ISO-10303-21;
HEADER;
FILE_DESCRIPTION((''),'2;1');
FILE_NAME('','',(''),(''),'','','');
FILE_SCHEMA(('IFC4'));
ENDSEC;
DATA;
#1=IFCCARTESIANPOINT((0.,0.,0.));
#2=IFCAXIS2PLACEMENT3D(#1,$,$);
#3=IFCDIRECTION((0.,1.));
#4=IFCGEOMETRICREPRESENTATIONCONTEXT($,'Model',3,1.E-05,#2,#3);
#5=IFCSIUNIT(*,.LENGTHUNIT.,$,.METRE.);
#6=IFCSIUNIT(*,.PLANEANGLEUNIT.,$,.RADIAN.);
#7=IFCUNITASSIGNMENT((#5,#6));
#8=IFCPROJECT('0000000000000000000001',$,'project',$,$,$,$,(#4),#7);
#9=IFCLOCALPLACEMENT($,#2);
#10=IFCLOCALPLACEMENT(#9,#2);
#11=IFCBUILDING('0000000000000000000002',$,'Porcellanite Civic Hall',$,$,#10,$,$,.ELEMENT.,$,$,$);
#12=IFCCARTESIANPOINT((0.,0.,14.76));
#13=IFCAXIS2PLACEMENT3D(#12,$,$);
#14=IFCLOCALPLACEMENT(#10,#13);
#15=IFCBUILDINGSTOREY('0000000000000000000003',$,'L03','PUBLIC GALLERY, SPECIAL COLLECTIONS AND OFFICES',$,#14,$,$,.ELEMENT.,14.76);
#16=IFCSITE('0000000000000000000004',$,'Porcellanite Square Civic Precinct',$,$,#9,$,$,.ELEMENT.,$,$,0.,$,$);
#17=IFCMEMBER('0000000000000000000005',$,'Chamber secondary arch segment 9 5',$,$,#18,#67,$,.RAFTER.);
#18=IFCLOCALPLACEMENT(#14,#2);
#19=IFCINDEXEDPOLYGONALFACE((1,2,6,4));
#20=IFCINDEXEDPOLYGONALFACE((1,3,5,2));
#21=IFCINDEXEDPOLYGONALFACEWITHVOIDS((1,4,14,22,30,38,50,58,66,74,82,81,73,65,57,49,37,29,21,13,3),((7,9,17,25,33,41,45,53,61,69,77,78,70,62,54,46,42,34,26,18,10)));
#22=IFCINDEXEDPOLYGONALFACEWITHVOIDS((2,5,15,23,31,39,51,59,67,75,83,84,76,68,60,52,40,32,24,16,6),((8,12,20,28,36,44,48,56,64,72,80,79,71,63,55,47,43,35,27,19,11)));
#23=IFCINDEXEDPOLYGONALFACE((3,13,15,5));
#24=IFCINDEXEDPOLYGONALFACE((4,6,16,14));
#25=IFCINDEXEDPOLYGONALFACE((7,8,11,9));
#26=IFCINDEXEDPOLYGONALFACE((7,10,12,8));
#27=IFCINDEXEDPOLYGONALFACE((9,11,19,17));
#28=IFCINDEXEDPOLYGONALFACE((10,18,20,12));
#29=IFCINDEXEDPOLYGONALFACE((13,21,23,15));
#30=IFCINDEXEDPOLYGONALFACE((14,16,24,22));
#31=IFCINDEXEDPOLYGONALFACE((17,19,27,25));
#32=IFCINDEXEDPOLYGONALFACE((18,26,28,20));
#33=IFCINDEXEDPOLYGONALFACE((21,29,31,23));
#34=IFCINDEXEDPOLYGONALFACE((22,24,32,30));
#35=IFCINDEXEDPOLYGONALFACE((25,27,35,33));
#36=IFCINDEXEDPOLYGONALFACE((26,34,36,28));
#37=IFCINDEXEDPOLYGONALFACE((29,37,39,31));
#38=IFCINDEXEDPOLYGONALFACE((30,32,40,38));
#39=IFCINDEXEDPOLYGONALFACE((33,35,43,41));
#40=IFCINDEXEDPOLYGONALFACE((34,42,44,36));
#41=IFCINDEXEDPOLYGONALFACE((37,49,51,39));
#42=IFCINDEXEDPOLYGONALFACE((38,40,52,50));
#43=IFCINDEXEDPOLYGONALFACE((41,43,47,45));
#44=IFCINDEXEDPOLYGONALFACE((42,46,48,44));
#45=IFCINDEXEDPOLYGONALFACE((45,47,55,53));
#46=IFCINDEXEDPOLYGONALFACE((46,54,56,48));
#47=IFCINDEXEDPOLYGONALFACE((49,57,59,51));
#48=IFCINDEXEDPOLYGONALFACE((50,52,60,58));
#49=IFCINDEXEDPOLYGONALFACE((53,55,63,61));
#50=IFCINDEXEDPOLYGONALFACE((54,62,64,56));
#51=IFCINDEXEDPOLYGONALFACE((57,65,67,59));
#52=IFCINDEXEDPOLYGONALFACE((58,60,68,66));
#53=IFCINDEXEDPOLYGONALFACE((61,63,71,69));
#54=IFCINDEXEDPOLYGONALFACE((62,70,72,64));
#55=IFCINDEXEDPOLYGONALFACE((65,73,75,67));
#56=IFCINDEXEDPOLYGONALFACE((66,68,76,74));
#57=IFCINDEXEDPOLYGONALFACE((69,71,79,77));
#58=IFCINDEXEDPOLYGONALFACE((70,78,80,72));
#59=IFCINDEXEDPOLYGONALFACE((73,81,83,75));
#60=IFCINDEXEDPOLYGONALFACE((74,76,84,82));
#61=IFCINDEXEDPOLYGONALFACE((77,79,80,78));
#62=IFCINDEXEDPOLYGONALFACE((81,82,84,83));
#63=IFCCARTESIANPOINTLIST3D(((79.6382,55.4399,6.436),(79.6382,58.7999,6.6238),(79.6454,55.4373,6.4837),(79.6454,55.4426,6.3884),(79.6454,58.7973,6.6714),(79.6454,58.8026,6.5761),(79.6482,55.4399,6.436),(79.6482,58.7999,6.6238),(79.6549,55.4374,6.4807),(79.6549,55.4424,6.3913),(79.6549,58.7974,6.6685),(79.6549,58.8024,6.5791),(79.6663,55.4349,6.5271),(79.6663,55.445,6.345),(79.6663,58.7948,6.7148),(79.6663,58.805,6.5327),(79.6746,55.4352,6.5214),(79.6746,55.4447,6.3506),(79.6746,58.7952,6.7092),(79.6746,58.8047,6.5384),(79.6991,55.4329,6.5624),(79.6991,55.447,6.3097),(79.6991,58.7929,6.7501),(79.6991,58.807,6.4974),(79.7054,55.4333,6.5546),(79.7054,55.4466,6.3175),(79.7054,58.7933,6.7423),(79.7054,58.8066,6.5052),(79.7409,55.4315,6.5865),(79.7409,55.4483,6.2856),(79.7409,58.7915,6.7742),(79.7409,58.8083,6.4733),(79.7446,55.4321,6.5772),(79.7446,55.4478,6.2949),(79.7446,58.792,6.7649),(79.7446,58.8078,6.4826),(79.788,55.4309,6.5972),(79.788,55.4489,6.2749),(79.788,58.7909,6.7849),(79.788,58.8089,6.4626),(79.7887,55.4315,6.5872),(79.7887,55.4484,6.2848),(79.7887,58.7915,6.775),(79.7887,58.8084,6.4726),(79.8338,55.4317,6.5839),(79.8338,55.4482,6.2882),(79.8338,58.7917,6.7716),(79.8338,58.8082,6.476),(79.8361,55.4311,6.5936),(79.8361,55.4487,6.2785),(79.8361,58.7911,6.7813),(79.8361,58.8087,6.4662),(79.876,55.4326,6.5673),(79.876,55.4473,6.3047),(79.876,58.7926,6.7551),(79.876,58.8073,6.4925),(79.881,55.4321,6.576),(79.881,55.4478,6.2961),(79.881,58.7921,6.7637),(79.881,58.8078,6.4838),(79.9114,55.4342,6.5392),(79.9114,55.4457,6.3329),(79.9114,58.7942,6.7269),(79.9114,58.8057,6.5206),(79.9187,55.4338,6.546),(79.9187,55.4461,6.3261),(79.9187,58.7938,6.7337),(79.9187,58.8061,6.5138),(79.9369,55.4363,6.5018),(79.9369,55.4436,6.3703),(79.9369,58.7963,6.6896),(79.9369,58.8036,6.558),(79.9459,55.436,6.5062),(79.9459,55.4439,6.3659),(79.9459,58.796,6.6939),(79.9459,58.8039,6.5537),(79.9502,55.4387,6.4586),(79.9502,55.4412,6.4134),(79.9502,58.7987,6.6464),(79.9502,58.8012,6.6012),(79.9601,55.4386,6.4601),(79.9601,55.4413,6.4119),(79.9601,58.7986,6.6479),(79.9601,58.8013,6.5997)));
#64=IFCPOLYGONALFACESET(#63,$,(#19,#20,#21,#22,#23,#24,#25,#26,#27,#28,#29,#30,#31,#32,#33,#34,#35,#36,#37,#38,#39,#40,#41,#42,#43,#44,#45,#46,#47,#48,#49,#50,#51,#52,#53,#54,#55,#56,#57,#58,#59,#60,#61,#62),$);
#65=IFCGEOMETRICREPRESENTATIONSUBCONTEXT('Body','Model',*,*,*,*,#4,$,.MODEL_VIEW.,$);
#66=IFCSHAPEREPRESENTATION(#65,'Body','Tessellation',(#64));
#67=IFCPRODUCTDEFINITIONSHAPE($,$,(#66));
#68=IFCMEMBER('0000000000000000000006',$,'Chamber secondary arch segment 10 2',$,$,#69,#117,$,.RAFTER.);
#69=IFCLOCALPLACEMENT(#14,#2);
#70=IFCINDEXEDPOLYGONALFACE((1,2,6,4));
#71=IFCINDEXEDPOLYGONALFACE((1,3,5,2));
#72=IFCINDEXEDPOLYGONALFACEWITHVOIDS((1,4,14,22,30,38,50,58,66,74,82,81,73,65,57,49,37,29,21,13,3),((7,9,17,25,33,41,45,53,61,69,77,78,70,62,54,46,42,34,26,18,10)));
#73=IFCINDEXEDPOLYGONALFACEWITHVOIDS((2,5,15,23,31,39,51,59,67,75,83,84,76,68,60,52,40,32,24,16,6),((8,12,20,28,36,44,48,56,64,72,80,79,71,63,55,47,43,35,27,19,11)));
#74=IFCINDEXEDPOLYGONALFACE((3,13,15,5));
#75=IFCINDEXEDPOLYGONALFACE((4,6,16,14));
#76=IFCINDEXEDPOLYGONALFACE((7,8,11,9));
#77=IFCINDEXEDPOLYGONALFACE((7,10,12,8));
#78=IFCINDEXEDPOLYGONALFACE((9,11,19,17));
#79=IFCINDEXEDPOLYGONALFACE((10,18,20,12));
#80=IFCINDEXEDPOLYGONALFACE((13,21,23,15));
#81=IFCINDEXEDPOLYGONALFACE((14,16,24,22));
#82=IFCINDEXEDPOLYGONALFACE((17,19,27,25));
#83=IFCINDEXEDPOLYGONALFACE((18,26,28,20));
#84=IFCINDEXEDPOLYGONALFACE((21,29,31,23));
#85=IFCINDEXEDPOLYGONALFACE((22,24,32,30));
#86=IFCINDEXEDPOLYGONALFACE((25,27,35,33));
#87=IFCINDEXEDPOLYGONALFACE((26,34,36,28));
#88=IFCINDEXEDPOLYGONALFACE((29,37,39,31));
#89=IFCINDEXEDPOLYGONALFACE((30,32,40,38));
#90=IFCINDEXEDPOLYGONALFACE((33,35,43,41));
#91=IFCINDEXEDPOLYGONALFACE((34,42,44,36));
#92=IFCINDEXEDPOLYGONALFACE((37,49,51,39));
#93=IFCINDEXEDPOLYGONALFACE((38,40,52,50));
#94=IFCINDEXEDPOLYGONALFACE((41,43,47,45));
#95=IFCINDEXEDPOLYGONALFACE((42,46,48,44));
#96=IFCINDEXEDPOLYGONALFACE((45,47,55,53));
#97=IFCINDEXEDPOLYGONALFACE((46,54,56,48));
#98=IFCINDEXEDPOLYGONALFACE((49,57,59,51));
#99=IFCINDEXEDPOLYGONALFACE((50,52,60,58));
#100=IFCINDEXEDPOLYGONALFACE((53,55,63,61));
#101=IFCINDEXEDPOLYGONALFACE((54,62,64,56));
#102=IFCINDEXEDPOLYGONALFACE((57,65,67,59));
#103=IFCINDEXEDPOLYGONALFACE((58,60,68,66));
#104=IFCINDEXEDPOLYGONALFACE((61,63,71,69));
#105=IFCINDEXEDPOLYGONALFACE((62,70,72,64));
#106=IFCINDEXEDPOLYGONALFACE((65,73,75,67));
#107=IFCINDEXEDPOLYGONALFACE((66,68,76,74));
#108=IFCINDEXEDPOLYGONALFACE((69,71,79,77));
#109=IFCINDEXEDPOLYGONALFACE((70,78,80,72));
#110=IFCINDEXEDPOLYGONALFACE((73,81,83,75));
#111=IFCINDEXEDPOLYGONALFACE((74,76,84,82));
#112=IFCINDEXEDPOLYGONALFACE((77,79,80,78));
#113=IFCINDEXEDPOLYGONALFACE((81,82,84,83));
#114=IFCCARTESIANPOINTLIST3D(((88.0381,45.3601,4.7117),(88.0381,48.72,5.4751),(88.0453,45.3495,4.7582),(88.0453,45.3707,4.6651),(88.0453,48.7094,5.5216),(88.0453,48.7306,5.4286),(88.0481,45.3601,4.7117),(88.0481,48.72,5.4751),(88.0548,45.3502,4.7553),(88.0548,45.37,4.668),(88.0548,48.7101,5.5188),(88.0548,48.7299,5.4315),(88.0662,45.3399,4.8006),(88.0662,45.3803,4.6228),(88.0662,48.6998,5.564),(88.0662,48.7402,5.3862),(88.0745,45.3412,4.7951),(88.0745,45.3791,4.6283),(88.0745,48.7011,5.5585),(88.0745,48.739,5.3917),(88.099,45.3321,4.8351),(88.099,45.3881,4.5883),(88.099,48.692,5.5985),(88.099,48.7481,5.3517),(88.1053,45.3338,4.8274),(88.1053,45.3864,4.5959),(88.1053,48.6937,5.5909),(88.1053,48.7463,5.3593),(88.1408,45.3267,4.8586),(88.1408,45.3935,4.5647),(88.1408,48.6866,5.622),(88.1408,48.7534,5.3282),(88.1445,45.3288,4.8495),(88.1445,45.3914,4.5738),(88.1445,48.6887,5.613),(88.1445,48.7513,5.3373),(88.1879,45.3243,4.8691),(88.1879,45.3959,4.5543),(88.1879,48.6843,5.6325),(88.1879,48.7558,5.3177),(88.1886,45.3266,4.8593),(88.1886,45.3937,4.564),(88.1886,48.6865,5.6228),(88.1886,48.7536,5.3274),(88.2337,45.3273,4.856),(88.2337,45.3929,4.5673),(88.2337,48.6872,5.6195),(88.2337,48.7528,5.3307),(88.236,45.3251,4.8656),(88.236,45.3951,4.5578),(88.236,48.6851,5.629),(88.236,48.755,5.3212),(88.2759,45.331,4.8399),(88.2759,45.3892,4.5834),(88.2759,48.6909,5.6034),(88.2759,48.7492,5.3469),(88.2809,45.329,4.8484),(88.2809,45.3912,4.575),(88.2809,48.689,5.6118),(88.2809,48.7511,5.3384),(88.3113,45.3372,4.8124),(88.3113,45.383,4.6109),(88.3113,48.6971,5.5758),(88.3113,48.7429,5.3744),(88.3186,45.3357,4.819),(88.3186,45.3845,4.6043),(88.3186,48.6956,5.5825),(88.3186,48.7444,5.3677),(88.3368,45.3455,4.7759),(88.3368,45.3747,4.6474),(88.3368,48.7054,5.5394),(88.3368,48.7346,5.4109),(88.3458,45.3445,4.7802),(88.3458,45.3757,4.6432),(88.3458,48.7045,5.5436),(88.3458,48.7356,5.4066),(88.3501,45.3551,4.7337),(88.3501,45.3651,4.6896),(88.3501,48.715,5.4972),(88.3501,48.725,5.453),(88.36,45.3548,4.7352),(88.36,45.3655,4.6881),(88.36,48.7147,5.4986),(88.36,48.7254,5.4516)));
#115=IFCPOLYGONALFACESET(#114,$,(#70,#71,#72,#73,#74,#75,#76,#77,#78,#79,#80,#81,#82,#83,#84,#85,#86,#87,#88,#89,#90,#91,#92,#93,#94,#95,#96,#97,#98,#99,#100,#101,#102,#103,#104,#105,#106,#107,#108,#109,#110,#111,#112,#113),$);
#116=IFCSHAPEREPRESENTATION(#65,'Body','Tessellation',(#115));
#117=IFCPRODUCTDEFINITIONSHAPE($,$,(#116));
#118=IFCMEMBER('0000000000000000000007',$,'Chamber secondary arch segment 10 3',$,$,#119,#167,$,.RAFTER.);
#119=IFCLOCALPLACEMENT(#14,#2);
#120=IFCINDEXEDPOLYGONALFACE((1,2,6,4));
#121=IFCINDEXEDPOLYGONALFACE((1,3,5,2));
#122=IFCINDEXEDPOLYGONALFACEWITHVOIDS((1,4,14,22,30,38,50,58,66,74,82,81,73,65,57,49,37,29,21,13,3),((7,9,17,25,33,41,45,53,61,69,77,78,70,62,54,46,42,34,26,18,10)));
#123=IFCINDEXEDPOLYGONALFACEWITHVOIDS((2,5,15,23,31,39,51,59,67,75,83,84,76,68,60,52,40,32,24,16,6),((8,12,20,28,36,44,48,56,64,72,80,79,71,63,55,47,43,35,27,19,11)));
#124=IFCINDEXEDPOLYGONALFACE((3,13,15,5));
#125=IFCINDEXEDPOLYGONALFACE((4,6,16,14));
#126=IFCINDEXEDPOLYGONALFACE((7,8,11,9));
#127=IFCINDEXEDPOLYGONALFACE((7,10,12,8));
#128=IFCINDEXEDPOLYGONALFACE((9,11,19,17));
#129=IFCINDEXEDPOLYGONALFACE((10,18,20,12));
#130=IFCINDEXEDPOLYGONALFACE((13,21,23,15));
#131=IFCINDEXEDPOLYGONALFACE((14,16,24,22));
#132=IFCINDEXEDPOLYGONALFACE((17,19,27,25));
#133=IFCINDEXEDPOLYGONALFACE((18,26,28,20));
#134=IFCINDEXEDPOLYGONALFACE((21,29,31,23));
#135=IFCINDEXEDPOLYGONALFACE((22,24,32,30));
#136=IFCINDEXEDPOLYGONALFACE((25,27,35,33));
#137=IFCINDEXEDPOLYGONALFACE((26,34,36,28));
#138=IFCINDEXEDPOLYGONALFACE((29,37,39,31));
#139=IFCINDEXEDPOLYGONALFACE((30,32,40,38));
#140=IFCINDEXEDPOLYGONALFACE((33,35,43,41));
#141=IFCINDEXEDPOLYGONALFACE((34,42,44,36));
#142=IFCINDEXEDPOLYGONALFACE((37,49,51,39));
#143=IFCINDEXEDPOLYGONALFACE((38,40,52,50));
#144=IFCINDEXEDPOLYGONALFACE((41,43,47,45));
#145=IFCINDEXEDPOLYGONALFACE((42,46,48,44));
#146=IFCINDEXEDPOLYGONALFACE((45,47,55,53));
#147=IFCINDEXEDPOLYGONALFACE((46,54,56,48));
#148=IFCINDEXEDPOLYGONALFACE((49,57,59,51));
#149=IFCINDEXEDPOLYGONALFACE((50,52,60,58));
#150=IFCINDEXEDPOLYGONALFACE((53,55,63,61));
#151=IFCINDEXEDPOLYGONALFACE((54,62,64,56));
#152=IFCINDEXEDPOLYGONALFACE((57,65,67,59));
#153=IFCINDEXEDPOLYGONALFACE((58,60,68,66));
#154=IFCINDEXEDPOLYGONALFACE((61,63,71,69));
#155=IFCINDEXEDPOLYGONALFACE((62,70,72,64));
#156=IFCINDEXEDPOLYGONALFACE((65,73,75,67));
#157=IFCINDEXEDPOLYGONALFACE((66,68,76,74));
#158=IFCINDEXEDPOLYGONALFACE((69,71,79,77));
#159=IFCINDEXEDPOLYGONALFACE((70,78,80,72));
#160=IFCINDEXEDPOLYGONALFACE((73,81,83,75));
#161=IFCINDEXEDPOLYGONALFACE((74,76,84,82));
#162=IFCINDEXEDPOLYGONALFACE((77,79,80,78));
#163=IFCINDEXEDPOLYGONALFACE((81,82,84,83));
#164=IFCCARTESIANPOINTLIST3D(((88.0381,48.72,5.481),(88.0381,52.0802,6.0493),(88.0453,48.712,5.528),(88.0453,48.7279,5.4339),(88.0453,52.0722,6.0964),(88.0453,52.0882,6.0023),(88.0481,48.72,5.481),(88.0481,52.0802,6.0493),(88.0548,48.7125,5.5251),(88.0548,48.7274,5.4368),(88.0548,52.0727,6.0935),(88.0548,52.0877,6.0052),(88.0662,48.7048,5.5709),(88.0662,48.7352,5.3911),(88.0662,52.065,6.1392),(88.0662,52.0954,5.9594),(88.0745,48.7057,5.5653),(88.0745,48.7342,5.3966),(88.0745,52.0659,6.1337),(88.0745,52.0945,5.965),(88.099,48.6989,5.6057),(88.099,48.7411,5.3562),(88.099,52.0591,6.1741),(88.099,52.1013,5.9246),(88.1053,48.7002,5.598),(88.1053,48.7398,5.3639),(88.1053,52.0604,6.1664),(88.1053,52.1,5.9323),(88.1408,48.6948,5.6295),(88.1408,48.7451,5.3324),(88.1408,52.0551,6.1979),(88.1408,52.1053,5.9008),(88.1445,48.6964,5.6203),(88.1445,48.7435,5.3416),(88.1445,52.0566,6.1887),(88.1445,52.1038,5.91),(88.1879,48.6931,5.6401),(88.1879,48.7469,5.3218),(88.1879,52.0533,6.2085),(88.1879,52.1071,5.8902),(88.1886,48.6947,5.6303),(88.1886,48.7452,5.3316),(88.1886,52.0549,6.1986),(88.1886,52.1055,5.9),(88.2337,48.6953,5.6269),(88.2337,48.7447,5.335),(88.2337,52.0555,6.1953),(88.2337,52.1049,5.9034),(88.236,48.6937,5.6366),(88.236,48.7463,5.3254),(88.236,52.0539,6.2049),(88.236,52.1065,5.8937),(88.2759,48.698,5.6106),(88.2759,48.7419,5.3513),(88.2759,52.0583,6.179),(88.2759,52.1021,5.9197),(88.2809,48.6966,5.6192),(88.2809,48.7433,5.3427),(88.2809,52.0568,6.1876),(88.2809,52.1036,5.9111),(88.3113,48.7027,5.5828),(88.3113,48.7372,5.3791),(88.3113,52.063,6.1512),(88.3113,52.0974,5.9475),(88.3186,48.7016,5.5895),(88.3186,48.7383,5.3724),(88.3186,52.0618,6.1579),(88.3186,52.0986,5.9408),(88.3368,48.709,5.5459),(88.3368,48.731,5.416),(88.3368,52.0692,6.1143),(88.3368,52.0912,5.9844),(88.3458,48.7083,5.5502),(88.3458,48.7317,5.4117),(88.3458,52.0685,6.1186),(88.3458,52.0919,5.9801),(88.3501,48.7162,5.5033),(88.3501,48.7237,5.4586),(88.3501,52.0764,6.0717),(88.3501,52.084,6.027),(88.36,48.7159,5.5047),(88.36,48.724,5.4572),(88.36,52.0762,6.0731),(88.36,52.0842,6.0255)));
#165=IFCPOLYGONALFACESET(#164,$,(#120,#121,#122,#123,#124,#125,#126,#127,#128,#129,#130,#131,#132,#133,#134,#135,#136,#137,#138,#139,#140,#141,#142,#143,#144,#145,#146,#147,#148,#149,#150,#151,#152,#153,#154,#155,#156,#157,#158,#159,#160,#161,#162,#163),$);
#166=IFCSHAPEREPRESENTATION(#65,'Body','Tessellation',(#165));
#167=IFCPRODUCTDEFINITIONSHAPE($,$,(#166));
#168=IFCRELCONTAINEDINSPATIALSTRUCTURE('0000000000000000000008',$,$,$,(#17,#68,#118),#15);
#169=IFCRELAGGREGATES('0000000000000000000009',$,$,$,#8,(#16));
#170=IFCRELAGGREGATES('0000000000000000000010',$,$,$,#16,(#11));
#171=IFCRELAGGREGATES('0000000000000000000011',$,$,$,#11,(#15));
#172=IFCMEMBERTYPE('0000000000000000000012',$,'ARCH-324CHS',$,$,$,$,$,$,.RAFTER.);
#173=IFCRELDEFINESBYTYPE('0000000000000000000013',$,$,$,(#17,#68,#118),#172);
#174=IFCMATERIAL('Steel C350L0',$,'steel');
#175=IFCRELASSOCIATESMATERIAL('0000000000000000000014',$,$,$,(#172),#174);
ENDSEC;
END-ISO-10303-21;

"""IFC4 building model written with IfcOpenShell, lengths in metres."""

from ifc_helpers import new_model, si_unit, direction, frame, origin, origin_2d, place, context, subcontext, project, spatial, hollow_circle, extrude, material, material_profile, profile_set, type_object, element, save


model = new_model("IFC4")

# Units and contexts
model_context = context("Model", 3, precision=1e-05, world=origin(), true_north=direction((0.0, 1.0)))
body_context = subcontext(model_context, "Body", "Model", "MODEL_VIEW")
ifc_project = project(units=[si_unit("LENGTHUNIT", "METRE"), si_unit("PLANEANGLEUNIT", "RADIAN")], contexts=[model_context])

# Site, building, storey
site_placement = place(None, origin())
site = spatial("IfcSite", under=ifc_project, at=site_placement, Name="Porcellanite Square Civic Precinct", CompositionType="ELEMENT", RefElevation=0.0)
building_placement = place(site_placement, origin())
building = spatial("IfcBuilding", under=site, at=building_placement, Name="Porcellanite Civic Hall", CompositionType="ELEMENT")
storey_placement = place(building_placement, frame((0.0, 0.0, 14.76)))
storey = spatial("IfcBuildingStorey", under=building, at=storey_placement, Name="L03", Description="PUBLIC GALLERY, SPECIAL COLLECTIONS AND OFFICES", CompositionType="ELEMENT", Elevation=14.76)

# Members
ifc_material_1 = material(Name="Steel C350L0", Category="steel")
ifc_material_profile_1 = material_profile(ifc_material_1, hollow_circle(Radius=0.1619, WallThickness=0.01, at=origin_2d()), Name="323.9x10.0CHS")
ifc_profile_set_1 = profile_set([ifc_material_profile_1], Name="Steel C350L0")
member_type_1 = type_object("IfcMemberType", Name="ARCH-324CHS", PredefinedType="RAFTER", material=ifc_profile_set_1)
member_1_placement = place(storey_placement, frame((79.8, 55.4399, 6.436), z_axis=(0.0, 0.998443, 0.055787), x_axis=(-1.0, 0.0, 0.0)))
element("IfcMember", 1, at=member_1_placement, inside=storey, type_object=member_type_1, Name="Chamber secondary arch segment 9 5", PredefinedType="RAFTER", context=body_context, shape_type="SweptSolid", body=[
    extrude(hollow_circle(Radius=0.1619, WallThickness=0.01, at=origin_2d()), origin(), (0.0, 0.0, 1.0), 3.3652),
])
member_2_placement = place(storey_placement, frame((88.2, 45.3601, 4.7117), z_axis=(0.0, 0.975144, 0.221572), x_axis=(-1.0, 0.0, 0.0)))
element("IfcMember", 2, at=member_2_placement, inside=storey, type_object=member_type_1, Name="Chamber secondary arch segment 10 2", PredefinedType="RAFTER", context=body_context, shape_type="SweptSolid", body=[
    extrude(hollow_circle(Radius=0.1619, WallThickness=0.01, at=origin_2d()), origin(), (0.0, 0.0, 1.0), 3.4456),
])
member_3_placement = place(storey_placement, frame((88.2, 48.72, 5.481), z_axis=(0.0, 0.985994, 0.16678), x_axis=(-1.0, 0.0, 0.0)))
element("IfcMember", 3, at=member_3_placement, inside=storey, type_object=member_type_1, Name="Chamber secondary arch segment 10 3", PredefinedType="RAFTER", context=body_context, shape_type="SweptSolid", body=[
    extrude(hollow_circle(Radius=0.1619, WallThickness=0.01, at=origin_2d()), origin(), (0.0, 0.0, 1.0), 3.408),
])

save(model, "model.ifc")
